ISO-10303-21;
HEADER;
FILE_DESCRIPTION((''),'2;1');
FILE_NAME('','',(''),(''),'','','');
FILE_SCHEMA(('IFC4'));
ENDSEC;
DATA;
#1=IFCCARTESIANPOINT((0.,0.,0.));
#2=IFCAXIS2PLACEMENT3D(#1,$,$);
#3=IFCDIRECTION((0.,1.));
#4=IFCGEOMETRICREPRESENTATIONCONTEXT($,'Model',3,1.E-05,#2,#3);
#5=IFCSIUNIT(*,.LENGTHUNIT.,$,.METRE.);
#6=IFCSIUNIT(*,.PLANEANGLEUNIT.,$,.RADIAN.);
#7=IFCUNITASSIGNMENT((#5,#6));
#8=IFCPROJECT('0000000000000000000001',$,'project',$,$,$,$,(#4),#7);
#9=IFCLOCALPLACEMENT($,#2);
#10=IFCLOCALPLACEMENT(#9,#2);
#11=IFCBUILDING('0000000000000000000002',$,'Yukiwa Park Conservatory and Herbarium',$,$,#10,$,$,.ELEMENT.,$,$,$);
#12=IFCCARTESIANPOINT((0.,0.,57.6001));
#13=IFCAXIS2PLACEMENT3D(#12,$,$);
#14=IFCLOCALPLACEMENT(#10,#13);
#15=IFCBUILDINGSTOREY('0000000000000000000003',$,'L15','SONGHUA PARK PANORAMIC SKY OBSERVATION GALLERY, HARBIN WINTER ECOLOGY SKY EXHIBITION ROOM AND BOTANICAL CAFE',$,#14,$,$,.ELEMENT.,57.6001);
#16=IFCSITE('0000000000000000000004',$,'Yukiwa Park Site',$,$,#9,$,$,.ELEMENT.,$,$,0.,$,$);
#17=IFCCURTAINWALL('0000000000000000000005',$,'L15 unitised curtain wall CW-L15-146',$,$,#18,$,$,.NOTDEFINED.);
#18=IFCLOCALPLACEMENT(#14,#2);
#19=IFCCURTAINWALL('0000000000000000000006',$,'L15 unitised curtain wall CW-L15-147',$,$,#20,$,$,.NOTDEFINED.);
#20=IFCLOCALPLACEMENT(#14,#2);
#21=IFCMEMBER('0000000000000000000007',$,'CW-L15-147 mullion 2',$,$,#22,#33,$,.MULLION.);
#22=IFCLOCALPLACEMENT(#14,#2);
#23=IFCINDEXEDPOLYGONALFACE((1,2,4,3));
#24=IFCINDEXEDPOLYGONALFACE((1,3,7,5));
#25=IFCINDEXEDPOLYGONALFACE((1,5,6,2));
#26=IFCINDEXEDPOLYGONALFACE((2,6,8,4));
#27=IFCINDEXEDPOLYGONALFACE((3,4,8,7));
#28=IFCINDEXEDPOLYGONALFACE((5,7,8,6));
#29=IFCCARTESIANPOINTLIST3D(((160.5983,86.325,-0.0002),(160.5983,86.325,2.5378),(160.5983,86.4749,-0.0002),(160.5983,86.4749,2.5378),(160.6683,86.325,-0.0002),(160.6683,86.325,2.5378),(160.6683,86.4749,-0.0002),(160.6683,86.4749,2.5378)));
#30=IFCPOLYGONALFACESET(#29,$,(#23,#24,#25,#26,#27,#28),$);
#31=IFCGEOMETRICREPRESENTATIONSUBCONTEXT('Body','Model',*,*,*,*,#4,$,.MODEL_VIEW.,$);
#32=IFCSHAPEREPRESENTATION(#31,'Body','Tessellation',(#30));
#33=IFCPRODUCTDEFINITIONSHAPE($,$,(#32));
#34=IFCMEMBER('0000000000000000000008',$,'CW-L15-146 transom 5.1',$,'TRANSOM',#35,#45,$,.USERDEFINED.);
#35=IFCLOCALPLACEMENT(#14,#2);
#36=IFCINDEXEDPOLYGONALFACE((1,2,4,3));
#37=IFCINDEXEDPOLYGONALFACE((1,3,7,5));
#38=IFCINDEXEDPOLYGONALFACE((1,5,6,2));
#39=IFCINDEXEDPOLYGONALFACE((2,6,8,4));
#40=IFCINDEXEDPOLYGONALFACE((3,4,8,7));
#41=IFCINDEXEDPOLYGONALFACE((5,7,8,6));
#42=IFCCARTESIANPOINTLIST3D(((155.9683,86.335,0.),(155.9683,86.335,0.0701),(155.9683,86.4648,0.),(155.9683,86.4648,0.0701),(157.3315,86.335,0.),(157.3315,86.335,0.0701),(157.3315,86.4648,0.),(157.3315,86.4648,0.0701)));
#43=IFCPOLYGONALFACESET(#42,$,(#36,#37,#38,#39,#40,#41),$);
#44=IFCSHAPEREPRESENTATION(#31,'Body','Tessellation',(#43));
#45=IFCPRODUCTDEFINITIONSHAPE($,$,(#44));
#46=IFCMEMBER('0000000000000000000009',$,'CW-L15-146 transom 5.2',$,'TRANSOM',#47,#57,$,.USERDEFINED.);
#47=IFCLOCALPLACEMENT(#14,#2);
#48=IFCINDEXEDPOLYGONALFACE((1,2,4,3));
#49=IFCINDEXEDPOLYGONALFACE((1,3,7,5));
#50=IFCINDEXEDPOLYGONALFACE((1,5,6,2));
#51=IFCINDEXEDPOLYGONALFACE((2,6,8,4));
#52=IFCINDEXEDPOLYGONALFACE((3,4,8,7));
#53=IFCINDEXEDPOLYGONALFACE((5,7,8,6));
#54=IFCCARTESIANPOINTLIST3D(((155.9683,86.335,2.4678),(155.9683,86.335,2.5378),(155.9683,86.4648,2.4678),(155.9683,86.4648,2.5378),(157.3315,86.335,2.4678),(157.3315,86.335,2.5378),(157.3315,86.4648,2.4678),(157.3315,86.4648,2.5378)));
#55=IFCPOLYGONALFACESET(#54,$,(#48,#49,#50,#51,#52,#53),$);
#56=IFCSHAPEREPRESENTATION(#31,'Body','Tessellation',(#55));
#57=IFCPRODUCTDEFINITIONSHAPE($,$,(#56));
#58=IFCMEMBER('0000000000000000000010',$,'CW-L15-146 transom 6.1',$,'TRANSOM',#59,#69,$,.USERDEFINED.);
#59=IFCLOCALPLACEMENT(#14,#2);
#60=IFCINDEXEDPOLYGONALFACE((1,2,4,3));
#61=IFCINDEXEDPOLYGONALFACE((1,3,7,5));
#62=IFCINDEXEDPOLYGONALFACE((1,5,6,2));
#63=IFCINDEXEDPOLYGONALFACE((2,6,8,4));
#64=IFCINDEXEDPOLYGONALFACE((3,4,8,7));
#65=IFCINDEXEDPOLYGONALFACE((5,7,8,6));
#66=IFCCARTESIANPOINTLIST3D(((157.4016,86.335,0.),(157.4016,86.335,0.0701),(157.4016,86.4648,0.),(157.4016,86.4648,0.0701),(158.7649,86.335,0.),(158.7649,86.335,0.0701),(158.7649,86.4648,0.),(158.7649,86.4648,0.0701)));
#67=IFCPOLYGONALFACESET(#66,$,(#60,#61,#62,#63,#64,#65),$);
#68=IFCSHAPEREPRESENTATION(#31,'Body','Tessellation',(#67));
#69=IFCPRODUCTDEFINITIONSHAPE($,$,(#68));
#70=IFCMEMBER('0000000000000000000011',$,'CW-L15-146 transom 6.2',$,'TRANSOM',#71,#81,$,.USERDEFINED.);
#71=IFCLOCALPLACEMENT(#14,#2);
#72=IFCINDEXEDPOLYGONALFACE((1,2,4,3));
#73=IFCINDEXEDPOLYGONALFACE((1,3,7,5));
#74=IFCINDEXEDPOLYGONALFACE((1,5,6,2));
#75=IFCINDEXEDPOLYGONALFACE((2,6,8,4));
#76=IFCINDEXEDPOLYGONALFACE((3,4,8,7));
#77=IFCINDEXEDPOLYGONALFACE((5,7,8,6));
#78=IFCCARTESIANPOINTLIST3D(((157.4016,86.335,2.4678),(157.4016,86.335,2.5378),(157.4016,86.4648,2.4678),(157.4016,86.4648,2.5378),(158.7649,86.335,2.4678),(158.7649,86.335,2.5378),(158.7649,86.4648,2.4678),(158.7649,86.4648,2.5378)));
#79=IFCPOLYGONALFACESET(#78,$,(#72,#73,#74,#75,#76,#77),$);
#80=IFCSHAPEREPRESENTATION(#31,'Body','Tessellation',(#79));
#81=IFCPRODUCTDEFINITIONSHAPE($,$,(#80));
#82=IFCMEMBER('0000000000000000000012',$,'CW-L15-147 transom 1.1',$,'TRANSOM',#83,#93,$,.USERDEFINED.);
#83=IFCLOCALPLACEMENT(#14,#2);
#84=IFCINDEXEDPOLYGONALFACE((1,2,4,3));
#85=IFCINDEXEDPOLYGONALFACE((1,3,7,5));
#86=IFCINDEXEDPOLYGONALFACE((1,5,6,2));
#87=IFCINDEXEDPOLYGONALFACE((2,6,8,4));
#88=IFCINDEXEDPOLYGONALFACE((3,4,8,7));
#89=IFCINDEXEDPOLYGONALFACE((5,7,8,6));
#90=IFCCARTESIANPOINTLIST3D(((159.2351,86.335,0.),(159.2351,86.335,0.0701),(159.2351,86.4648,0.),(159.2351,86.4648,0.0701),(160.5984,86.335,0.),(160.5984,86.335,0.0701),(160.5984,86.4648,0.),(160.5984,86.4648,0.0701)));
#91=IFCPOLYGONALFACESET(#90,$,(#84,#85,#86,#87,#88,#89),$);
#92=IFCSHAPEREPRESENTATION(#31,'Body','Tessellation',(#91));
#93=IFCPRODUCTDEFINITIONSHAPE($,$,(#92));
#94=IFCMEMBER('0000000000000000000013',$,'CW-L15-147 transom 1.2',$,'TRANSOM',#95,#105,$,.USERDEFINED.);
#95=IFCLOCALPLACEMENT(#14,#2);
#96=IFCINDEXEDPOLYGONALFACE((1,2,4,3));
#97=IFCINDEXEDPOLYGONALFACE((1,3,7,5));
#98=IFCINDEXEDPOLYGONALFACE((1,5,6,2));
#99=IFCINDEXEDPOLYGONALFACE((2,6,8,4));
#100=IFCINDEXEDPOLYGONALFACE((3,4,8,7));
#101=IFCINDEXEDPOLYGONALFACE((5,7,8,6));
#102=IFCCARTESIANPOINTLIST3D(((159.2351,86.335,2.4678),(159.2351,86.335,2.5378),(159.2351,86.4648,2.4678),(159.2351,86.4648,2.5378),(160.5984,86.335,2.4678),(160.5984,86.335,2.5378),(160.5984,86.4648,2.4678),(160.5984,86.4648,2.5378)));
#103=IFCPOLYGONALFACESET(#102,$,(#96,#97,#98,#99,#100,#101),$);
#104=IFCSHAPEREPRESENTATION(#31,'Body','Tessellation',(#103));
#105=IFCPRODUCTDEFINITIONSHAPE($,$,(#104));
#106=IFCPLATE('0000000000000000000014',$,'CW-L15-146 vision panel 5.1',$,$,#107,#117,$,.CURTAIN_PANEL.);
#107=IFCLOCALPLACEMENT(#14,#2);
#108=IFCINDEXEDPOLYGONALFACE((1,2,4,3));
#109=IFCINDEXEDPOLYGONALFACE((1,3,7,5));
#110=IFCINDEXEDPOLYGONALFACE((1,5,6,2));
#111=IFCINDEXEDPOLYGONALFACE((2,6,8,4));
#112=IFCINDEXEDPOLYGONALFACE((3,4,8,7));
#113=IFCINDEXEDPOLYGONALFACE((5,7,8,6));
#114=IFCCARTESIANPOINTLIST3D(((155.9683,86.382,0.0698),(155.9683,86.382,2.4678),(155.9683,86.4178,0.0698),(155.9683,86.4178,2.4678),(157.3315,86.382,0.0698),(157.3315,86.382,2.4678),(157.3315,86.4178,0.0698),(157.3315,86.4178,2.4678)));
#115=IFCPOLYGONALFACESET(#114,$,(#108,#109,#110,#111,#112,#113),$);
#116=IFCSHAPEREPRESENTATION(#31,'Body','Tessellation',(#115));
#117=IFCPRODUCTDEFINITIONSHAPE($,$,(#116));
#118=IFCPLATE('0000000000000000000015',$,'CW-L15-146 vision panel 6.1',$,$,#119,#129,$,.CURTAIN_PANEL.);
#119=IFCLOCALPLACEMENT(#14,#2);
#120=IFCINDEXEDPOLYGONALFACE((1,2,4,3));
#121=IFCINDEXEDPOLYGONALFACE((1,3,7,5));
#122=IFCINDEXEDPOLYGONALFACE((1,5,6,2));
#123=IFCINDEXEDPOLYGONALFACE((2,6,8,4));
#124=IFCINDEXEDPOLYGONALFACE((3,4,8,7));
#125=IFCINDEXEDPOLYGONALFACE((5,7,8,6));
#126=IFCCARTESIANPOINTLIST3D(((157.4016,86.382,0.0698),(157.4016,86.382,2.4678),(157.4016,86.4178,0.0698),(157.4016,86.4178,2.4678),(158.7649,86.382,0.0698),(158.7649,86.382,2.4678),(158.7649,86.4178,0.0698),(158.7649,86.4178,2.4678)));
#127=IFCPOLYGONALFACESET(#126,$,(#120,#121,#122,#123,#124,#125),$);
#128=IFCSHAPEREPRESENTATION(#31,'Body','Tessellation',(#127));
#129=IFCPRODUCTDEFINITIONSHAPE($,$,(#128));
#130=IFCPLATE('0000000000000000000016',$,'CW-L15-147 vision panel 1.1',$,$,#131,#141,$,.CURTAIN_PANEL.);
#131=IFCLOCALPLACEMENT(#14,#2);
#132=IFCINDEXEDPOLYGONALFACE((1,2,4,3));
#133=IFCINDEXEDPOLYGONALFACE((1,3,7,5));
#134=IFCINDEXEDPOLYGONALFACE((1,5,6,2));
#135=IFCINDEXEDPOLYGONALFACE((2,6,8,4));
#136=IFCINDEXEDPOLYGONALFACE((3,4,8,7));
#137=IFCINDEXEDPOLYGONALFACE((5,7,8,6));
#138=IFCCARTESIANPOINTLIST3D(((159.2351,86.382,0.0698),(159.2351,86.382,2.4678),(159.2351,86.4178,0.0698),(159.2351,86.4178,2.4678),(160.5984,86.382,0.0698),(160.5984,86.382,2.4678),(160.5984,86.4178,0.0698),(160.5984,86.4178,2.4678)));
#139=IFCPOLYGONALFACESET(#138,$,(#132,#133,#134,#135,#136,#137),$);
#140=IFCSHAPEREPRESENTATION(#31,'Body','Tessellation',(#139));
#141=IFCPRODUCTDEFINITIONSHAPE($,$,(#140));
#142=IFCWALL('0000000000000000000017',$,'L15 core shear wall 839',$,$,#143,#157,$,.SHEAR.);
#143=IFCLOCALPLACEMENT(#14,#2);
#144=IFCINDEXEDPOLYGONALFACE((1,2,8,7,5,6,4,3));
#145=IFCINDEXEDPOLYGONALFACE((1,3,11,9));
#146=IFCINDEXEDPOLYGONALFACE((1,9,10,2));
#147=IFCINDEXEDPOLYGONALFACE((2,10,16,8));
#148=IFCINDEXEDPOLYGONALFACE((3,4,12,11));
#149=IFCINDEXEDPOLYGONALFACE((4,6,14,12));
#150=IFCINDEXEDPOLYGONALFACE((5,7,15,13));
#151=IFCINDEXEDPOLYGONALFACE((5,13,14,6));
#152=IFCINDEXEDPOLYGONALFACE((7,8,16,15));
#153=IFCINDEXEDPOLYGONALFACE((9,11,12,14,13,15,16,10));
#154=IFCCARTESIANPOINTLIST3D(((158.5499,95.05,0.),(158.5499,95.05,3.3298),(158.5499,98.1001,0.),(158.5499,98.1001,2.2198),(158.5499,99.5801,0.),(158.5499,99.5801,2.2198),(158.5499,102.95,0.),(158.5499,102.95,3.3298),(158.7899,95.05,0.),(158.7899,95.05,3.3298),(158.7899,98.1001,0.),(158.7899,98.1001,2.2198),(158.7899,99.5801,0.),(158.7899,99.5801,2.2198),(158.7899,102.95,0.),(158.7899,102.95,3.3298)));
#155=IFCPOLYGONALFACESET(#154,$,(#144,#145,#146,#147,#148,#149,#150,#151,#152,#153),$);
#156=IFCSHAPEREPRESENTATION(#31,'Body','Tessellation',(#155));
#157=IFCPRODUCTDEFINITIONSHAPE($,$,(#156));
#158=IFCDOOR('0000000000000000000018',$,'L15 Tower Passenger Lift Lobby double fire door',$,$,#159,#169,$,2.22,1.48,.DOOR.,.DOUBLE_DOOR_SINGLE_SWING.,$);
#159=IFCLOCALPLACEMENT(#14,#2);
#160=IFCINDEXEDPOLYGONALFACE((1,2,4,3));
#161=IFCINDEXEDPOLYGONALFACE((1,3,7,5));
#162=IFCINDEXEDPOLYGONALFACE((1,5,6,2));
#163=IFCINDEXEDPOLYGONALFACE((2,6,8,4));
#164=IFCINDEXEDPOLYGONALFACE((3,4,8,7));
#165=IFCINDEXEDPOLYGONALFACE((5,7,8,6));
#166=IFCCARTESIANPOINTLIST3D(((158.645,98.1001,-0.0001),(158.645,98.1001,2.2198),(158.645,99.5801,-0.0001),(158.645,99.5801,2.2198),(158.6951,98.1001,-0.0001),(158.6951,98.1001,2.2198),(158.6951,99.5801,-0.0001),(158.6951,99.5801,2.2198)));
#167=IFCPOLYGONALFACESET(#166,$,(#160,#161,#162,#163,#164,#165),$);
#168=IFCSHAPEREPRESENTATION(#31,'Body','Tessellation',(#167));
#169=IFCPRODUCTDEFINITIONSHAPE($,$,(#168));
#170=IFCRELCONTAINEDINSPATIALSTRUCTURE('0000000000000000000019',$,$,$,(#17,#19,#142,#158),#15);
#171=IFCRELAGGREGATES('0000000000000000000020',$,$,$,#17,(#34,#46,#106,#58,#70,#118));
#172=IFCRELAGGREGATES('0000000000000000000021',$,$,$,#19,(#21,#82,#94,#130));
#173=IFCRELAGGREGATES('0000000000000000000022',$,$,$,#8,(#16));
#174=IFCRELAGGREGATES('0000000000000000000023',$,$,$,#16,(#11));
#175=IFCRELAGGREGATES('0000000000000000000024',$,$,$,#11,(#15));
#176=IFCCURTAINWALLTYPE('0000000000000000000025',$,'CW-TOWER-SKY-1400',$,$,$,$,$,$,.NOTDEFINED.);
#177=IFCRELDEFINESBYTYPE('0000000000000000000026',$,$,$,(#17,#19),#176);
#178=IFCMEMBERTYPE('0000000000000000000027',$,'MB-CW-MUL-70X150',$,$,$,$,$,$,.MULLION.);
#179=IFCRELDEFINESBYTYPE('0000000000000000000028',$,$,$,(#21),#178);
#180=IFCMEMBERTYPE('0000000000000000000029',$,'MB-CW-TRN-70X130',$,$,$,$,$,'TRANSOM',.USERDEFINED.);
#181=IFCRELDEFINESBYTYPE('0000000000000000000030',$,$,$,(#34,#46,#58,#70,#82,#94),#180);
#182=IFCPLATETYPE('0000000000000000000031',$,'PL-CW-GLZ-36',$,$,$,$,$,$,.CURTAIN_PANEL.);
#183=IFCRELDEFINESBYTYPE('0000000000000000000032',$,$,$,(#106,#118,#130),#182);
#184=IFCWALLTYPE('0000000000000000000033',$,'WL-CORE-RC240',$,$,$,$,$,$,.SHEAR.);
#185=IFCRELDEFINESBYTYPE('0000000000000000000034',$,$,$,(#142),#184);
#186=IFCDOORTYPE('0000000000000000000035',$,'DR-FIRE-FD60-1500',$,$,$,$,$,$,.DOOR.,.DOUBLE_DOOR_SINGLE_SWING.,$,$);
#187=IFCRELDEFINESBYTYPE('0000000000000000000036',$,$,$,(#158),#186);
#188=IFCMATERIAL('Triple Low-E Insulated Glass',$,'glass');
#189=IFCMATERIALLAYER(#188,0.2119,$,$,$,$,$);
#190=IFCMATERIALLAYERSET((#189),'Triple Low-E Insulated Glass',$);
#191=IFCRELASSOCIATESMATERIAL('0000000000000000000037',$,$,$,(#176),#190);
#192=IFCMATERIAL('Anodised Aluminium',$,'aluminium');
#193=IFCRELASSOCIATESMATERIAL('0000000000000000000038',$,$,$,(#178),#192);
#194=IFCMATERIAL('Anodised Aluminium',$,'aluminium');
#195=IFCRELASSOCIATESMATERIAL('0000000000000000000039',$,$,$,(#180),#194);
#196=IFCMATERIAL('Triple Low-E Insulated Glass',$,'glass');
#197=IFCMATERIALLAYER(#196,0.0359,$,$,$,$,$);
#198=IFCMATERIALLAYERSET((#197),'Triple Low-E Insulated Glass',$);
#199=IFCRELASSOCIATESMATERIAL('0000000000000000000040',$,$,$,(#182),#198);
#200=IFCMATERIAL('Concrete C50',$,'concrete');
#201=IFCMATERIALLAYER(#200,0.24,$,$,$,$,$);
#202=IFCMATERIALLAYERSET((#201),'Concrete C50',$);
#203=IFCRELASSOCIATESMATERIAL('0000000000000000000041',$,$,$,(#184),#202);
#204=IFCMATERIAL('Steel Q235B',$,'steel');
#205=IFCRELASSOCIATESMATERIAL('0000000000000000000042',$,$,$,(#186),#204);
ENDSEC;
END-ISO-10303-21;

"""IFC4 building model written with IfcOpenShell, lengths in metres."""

from ifc_helpers import new_model, si_unit, direction, frame, frame_2d, origin, origin_2d, place, context, subcontext, project, spatial, rectangle, extrude, material, layer, layer_set, type_object, element, fill, aggregate, save


model = new_model("IFC4")

# Units and contexts
model_context = context("Model", 3, precision=1e-05, world=origin(), true_north=direction((0.0, 1.0)))
body_context = subcontext(model_context, "Body", "Model", "MODEL_VIEW")
ifc_project = project(units=[si_unit("LENGTHUNIT", "METRE"), si_unit("PLANEANGLEUNIT", "RADIAN")], contexts=[model_context])

# Site, building, storey
site_placement = place(None, origin())
site = spatial("IfcSite", under=ifc_project, at=site_placement, Name="Yukiwa Park Site", CompositionType="ELEMENT", RefElevation=0.0)
building_placement = place(site_placement, origin())
building = spatial("IfcBuilding", under=site, at=building_placement, Name="Yukiwa Park Conservatory and Herbarium", CompositionType="ELEMENT")
storey_placement = place(building_placement, frame((0.0, 0.0, 57.6001)))
storey = spatial("IfcBuildingStorey", under=building, at=storey_placement, Name="L15", Description="SONGHUA PARK PANORAMIC SKY OBSERVATION GALLERY, HARBIN WINTER ECOLOGY SKY EXHIBITION ROOM AND BOTANICAL CAFE", CompositionType="ELEMENT", Elevation=57.6001)

# Curtain walls, member
ifc_material_1 = material(Name="Triple Low-E Insulated Glass", Category="glass")
ifc_layer_1 = layer(ifc_material_1, 0.2119)
ifc_layer_set_1 = layer_set([ifc_layer_1], Name="Triple Low-E Insulated Glass")
curtain_wall_type = type_object("IfcCurtainWallType", Name="CW-TOWER-SKY-1400", PredefinedType="NOTDEFINED", material=ifc_layer_set_1)
curtain_wall_1_placement = place(storey_placement, origin())
curtain_wall_1 = element("IfcCurtainWall", 1, at=curtain_wall_1_placement, inside=storey, type_object=curtain_wall_type, Name="L15 unitised curtain wall CW-L15-146", PredefinedType="NOTDEFINED")
ifc_material_2 = material(Name="Anodised Aluminium", Category="aluminium")
member_type_1 = type_object("IfcMemberType", Name="MB-CW-MUL-70X150", PredefinedType="MULLION", material=ifc_material_2)
curtain_wall_2_placement = place(storey_placement, origin())
curtain_wall_2 = element("IfcCurtainWall", 2, at=curtain_wall_2_placement, inside=storey, type_object=curtain_wall_type, Name="L15 unitised curtain wall CW-L15-147", PredefinedType="NOTDEFINED")
member_1_placement = place(storey_placement, frame((160.6333, 86.3999, -0.0002), z_axis=(0.0, 0.0, 1.0), x_axis=(1.0, 0.0, 0.0)))
member_1 = element("IfcMember", 3, at=member_1_placement, type_object=member_type_1, Name="CW-L15-147 mullion 2", PredefinedType="MULLION", context=body_context, shape_type="SweptSolid", body=[
    extrude(rectangle(XDim=0.0701, YDim=0.1499, at=origin_2d()), origin(), (0.0, 0.0, 1.0), 2.5381),
])

# Members
ifc_material_3 = material(Name="Anodised Aluminium", Category="aluminium")
member_type_2 = type_object("IfcMemberType", Name="MB-CW-TRN-70X130", ElementType="TRANSOM", PredefinedType="USERDEFINED", material=ifc_material_3)
member_2_placement = place(storey_placement, frame((156.6499, 86.3999, 0.0), z_axis=(0.0, 0.0, 1.0), x_axis=(1.0, 0.0, 0.0)))
member_2 = element("IfcMember", 4, at=member_2_placement, type_object=member_type_2, Name="CW-L15-146 transom 5.1", ObjectType="TRANSOM", PredefinedType="USERDEFINED", context=body_context, shape_type="SweptSolid", body=[
    extrude(rectangle(XDim=1.3633, YDim=0.1299, at=origin_2d()), origin(), (0.0, 0.0, 1.0), 0.0701),
])
member_3_placement = place(storey_placement, frame((156.6499, 86.3999, 2.4678), z_axis=(0.0, 0.0, 1.0), x_axis=(1.0, 0.0, 0.0)))
member_3 = element("IfcMember", 5, at=member_3_placement, type_object=member_type_2, Name="CW-L15-146 transom 5.2", ObjectType="TRANSOM", PredefinedType="USERDEFINED", context=body_context, shape_type="SweptSolid", body=[
    extrude(rectangle(XDim=1.3633, YDim=0.1299, at=origin_2d()), origin(), (0.0, 0.0, 1.0), 0.0701),
])
member_4_placement = place(storey_placement, frame((158.0833, 86.3999, 0.0), z_axis=(0.0, 0.0, 1.0), x_axis=(1.0, 0.0, 0.0)))
member_4 = element("IfcMember", 6, at=member_4_placement, type_object=member_type_2, Name="CW-L15-146 transom 6.1", ObjectType="TRANSOM", PredefinedType="USERDEFINED", context=body_context, shape_type="SweptSolid", body=[
    extrude(rectangle(XDim=1.3633, YDim=0.1299, at=origin_2d()), origin(), (0.0, 0.0, 1.0), 0.0701),
])
member_5_placement = place(storey_placement, frame((158.0833, 86.3999, 2.4678), z_axis=(0.0, 0.0, 1.0), x_axis=(1.0, 0.0, 0.0)))
member_5 = element("IfcMember", 7, at=member_5_placement, type_object=member_type_2, Name="CW-L15-146 transom 6.2", ObjectType="TRANSOM", PredefinedType="USERDEFINED", context=body_context, shape_type="SweptSolid", body=[
    extrude(rectangle(XDim=1.3633, YDim=0.1299, at=origin_2d()), origin(), (0.0, 0.0, 1.0), 0.0701),
])
member_6_placement = place(storey_placement, frame((159.9167, 86.3999, 0.0), z_axis=(0.0, 0.0, 1.0), x_axis=(1.0, 0.0, 0.0)))
member_6 = element("IfcMember", 8, at=member_6_placement, type_object=member_type_2, Name="CW-L15-147 transom 1.1", ObjectType="TRANSOM", PredefinedType="USERDEFINED", context=body_context, shape_type="SweptSolid", body=[
    extrude(rectangle(XDim=1.3633, YDim=0.1299, at=origin_2d()), origin(), (0.0, 0.0, 1.0), 0.0701),
])
member_7_placement = place(storey_placement, frame((159.9167, 86.3999, 2.4678), z_axis=(0.0, 0.0, 1.0), x_axis=(1.0, 0.0, 0.0)))
member_7 = element("IfcMember", 9, at=member_7_placement, type_object=member_type_2, Name="CW-L15-147 transom 1.2", ObjectType="TRANSOM", PredefinedType="USERDEFINED", context=body_context, shape_type="SweptSolid", body=[
    extrude(rectangle(XDim=1.3633, YDim=0.1299, at=origin_2d()), origin(), (0.0, 0.0, 1.0), 0.0701),
])

# Plates
ifc_material_4 = material(Name="Triple Low-E Insulated Glass", Category="glass")
ifc_layer_2 = layer(ifc_material_4, 0.0359)
ifc_layer_set_2 = layer_set([ifc_layer_2], Name="Triple Low-E Insulated Glass")
plate_type = type_object("IfcPlateType", Name="PL-CW-GLZ-36", PredefinedType="CURTAIN_PANEL", material=ifc_layer_set_2)
plate_1_placement = place(storey_placement, frame((156.6499, 86.3999, 0.0698), z_axis=(0.0, 0.0, 1.0), x_axis=(1.0, 0.0, 0.0)))
plate_1 = element("IfcPlate", 10, at=plate_1_placement, type_object=plate_type, Name="CW-L15-146 vision panel 5.1", PredefinedType="CURTAIN_PANEL", context=body_context, shape_type="SweptSolid", body=[
    extrude(rectangle(XDim=1.3633, YDim=0.0359, at=origin_2d()), origin(), (0.0, 0.0, 1.0), 2.3979),
])
plate_2_placement = place(storey_placement, frame((158.0833, 86.3999, 0.0698), z_axis=(0.0, 0.0, 1.0), x_axis=(1.0, 0.0, 0.0)))
plate_2 = element("IfcPlate", 11, at=plate_2_placement, type_object=plate_type, Name="CW-L15-146 vision panel 6.1", PredefinedType="CURTAIN_PANEL", context=body_context, shape_type="SweptSolid", body=[
    extrude(rectangle(XDim=1.3633, YDim=0.0359, at=origin_2d()), origin(), (0.0, 0.0, 1.0), 2.3979),
])
aggregate(curtain_wall_1, [member_2, member_3, plate_1, member_4, member_5, plate_2])
plate_3_placement = place(storey_placement, frame((159.9167, 86.3999, 0.0698), z_axis=(0.0, 0.0, 1.0), x_axis=(1.0, 0.0, 0.0)))
plate_3 = element("IfcPlate", 12, at=plate_3_placement, type_object=plate_type, Name="CW-L15-147 vision panel 1.1", PredefinedType="CURTAIN_PANEL", context=body_context, shape_type="SweptSolid", body=[
    extrude(rectangle(XDim=1.3633, YDim=0.0359, at=origin_2d()), origin(), (0.0, 0.0, 1.0), 2.3979),
])
aggregate(curtain_wall_2, [member_1, member_6, member_7, plate_3])

# Wall, opening, door
ifc_material_5 = material(Name="Concrete C50", Category="concrete")
ifc_layer_3 = layer(ifc_material_5, 0.24)
ifc_layer_set_3 = layer_set([ifc_layer_3], Name="Concrete C50")
wall_type = type_object("IfcWallType", Name="WL-CORE-RC240", PredefinedType="SHEAR", material=ifc_layer_set_3)
wall_placement = place(storey_placement, frame((158.6699, 95.05, 0.0), z_axis=(0.0, 0.0, 1.0), x_axis=(0.0, 1.0, 0.0)))
wall = element("IfcWall", 13, at=wall_placement, inside=storey, type_object=wall_type, Name="L15 core shear wall 839", PredefinedType="SHEAR", context=body_context, shape_type="SweptSolid", body=[
    extrude(rectangle(XDim=7.8999, YDim=0.24, at=frame_2d((3.95, 0.0))), origin(), (0.0, 0.0, 1.0), 3.3298),
])
opening_placement = place(wall_placement, frame((3.05, 0.0, 0.0)))
opening = element("IfcOpeningElement", 14, at=opening_placement, cuts=wall, PredefinedType="OPENING", context=body_context, shape_type="SweptSolid", body=[
    extrude(rectangle(XDim=1.48, YDim=2.22, at=frame_2d((0.74, 1.1099))), frame((0.0, 0.1299, 0.0), z_axis=(0.0, -1.0, 0.0), x_axis=(1.0, 0.0, 0.0)), (0.0, 0.0, 1.0), 0.26),
])
ifc_material_6 = material(Name="Steel Q235B", Category="steel")
door_type = type_object("IfcDoorType", Name="DR-FIRE-FD60-1500", OperationType="DOUBLE_DOOR_SINGLE_SWING", PredefinedType="DOOR", material=ifc_material_6)
door_placement = place(opening_placement, origin())
door = element("IfcDoor", 15, at=door_placement, inside=storey, type_object=door_type, Name="L15 Tower Passenger Lift Lobby double fire door", OperationType="DOUBLE_DOOR_SINGLE_SWING", OverallHeight=2.22, OverallWidth=1.48, PredefinedType="DOOR", context=body_context, shape_type="SweptSolid", body=[
    extrude(rectangle(XDim=1.48, YDim=2.22, at=frame_2d((0.74, 1.1099))), frame((0.0, 0.0249, 0.0), z_axis=(0.0, -1.0, 0.0), x_axis=(1.0, 0.0, 0.0)), (0.0, 0.0, 1.0), 0.05),
])
fill(opening, door)

save(model, "model.ifc")
